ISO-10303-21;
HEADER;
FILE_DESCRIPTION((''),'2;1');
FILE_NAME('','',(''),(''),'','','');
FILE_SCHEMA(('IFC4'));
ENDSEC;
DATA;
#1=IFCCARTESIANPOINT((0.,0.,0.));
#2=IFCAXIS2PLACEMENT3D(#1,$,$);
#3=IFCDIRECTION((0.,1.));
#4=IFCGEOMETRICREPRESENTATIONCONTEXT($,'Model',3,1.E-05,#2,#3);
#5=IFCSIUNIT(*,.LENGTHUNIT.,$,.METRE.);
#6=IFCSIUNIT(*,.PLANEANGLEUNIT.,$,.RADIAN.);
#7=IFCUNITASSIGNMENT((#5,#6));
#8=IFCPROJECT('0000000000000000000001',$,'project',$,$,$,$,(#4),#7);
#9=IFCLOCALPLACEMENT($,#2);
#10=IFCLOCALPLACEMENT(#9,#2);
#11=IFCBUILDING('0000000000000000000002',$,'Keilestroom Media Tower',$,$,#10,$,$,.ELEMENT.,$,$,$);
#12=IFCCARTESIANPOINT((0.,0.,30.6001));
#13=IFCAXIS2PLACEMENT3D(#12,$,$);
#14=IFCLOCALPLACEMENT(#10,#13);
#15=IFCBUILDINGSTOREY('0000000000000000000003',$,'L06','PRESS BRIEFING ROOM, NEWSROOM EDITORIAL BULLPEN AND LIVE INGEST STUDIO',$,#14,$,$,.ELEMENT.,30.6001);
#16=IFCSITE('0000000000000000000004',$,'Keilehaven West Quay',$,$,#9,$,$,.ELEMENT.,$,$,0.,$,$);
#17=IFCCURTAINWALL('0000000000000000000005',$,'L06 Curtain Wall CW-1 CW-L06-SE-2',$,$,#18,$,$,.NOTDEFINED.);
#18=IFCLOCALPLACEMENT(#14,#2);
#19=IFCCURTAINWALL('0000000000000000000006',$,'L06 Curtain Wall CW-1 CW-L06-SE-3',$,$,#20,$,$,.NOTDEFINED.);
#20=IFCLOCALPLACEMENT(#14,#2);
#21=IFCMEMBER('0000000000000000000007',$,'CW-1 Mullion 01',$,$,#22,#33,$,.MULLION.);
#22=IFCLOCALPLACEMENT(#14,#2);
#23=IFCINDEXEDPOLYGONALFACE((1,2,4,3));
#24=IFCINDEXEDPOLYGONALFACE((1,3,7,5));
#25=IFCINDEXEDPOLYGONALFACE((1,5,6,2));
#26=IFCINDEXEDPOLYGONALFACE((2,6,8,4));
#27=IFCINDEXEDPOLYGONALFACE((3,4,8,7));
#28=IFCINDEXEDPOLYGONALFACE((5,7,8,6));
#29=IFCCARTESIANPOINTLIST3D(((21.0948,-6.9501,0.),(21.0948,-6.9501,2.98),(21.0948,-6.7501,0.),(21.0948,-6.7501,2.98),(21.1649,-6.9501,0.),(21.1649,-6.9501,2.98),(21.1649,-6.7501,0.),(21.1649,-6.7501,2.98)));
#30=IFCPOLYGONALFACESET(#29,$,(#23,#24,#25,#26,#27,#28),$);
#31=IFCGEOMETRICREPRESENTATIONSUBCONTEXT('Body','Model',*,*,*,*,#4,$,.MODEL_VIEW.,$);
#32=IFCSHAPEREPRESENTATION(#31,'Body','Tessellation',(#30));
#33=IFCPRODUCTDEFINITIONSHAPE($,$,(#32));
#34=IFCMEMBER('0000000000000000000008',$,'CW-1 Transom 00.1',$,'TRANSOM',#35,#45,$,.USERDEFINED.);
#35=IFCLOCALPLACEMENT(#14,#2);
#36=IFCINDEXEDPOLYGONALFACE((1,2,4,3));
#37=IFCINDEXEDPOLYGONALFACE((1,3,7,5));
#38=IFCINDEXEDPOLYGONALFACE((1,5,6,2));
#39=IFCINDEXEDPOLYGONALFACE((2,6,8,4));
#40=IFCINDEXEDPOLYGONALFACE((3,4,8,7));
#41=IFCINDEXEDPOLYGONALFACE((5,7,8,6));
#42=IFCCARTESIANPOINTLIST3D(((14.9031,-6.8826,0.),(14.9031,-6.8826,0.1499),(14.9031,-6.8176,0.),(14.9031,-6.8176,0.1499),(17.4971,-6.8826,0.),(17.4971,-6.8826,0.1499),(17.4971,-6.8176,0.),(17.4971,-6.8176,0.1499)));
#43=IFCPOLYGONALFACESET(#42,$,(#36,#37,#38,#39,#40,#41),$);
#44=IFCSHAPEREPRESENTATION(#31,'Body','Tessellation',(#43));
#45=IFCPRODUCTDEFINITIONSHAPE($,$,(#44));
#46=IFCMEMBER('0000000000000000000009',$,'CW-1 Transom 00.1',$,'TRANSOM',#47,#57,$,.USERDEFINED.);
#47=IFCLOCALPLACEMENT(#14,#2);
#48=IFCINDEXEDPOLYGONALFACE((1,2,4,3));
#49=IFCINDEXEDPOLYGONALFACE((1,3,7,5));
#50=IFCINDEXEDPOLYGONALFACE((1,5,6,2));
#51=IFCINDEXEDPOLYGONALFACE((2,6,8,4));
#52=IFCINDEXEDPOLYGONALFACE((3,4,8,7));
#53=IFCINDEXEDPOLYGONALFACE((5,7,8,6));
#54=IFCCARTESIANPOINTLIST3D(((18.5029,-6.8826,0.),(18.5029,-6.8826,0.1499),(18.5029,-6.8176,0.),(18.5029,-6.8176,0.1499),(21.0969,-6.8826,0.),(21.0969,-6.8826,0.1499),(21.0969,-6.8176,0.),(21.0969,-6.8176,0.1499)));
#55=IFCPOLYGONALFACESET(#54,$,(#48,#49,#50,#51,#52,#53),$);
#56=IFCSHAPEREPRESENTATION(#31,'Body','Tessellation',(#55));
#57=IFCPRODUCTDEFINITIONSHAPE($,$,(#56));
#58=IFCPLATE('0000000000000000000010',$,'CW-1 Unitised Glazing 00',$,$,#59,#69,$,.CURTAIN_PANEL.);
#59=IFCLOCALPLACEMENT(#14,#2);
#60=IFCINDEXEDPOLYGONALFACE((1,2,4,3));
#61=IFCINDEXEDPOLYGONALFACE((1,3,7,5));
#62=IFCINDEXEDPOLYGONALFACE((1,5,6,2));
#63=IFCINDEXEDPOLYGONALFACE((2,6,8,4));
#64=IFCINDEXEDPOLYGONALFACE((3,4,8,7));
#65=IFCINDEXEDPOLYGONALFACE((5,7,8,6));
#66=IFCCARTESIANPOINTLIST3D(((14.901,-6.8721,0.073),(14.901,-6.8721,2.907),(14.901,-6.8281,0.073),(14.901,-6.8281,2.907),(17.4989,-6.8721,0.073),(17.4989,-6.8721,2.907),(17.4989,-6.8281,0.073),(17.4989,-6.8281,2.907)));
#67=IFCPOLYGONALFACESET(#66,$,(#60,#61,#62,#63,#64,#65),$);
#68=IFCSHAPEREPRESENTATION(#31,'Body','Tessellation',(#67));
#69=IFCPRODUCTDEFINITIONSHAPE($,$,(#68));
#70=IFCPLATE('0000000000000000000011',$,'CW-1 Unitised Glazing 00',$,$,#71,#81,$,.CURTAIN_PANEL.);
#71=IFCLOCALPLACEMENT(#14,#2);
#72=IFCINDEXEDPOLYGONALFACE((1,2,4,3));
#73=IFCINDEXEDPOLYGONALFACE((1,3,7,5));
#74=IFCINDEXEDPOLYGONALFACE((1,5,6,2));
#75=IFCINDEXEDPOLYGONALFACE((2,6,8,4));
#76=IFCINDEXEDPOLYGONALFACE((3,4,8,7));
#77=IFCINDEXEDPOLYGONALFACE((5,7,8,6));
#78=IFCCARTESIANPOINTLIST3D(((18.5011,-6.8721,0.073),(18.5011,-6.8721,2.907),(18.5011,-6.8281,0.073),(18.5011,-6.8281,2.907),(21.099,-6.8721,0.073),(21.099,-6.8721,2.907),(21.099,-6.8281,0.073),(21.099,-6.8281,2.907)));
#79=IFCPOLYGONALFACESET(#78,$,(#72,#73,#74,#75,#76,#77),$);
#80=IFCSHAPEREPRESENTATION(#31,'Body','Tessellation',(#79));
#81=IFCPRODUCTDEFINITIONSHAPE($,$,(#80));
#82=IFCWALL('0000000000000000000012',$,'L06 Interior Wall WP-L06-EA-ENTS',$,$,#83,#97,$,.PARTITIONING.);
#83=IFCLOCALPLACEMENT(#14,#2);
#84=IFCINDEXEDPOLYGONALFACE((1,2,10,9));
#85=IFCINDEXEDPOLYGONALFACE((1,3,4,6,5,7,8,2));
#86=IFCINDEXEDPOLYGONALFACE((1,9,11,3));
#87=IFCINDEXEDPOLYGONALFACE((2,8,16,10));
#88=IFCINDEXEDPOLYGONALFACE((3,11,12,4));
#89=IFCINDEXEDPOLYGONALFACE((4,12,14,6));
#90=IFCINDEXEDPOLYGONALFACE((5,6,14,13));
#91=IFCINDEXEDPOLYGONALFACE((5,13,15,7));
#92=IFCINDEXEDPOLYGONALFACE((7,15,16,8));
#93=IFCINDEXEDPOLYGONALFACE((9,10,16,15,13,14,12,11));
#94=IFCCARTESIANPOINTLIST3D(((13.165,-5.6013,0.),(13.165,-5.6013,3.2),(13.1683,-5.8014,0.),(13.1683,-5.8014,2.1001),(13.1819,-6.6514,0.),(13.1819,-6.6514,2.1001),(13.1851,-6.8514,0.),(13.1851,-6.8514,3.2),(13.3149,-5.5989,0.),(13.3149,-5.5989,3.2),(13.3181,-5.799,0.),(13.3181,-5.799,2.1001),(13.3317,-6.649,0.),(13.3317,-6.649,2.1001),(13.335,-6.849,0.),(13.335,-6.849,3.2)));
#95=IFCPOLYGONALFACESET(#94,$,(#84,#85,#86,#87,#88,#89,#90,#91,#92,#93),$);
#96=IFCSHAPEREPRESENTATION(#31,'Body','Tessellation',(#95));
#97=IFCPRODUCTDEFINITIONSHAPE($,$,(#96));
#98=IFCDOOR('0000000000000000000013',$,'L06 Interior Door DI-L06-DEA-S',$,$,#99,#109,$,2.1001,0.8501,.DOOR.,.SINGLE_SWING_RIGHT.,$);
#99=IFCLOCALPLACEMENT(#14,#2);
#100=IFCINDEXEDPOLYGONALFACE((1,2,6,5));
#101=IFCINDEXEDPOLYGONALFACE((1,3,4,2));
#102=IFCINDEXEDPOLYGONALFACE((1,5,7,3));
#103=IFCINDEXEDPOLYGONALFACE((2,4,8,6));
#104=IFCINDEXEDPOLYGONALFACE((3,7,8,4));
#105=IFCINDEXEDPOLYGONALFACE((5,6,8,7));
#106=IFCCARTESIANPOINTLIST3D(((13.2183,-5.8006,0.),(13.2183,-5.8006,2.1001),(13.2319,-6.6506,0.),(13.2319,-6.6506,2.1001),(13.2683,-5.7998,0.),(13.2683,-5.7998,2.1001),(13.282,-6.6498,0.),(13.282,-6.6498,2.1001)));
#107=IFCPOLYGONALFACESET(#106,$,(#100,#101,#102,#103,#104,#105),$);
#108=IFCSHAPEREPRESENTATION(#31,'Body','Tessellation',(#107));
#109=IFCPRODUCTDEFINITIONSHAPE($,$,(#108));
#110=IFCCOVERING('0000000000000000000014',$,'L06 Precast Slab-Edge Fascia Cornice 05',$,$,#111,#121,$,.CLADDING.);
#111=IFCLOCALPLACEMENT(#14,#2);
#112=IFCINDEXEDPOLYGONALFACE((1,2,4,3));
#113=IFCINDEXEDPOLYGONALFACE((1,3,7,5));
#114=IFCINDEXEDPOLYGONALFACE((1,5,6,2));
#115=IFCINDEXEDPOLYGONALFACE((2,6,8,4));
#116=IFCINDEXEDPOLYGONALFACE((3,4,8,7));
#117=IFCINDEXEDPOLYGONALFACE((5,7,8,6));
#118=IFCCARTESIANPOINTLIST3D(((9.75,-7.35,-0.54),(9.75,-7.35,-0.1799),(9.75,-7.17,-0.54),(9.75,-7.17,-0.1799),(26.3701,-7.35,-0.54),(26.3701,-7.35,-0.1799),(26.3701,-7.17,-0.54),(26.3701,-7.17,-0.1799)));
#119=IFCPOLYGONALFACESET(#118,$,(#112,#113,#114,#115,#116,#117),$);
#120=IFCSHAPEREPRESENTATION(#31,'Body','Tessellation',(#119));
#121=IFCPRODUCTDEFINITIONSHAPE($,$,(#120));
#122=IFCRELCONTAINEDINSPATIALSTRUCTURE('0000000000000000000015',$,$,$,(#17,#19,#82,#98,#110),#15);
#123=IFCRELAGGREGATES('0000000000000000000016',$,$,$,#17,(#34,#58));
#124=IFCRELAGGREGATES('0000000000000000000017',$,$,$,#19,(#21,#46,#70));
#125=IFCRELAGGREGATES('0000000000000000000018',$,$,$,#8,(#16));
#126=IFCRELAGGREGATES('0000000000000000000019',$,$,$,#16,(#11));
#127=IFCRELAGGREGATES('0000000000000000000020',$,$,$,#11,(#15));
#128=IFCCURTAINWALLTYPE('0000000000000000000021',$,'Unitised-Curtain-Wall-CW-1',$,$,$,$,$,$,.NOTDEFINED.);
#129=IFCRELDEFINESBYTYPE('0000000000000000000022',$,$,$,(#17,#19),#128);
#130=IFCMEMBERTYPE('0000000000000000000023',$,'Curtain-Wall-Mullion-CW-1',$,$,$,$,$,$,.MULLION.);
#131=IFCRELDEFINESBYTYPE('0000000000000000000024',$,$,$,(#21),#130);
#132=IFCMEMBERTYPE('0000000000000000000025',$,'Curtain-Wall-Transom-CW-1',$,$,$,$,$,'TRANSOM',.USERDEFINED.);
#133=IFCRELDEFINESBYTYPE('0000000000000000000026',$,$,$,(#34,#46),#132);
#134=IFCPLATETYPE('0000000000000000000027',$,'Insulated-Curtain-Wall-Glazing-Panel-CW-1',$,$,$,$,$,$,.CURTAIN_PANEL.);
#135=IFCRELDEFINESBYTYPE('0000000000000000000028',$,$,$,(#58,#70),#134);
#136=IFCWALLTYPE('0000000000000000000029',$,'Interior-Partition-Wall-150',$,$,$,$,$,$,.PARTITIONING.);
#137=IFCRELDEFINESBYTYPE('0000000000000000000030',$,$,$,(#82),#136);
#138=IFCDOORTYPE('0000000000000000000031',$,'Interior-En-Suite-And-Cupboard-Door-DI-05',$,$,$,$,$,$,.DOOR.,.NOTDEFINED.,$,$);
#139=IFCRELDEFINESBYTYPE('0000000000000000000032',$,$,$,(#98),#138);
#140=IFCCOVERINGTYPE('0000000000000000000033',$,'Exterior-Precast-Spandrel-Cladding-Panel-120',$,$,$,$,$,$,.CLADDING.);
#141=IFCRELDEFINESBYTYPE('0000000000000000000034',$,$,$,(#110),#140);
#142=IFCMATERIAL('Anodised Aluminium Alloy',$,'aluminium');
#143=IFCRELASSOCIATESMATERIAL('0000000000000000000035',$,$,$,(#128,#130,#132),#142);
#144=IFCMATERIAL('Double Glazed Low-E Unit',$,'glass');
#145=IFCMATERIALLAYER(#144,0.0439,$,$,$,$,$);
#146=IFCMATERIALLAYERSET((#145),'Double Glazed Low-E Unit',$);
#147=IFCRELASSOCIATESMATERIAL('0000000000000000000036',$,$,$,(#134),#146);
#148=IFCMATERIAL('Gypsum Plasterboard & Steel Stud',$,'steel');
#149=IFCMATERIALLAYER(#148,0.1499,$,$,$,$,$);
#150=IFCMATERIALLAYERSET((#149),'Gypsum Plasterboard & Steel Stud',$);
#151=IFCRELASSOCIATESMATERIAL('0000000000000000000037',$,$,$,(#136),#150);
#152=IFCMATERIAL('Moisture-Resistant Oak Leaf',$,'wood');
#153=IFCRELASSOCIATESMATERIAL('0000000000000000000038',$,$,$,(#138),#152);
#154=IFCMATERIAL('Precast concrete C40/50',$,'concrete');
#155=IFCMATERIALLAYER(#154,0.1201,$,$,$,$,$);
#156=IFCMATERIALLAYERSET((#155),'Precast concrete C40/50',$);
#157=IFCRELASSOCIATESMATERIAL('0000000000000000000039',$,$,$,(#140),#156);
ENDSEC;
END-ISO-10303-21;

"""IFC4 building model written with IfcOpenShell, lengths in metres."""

from ifc_helpers import new_model, si_unit, direction, frame, frame_2d, origin, origin_2d, place, context, subcontext, project, spatial, rectangle, extrude, source, transform, mapped, material, layer, layer_set, material_profile, profile_set, type_object, element, fill, aggregate, save


model = new_model("IFC4")

# Units and contexts
model_context = context("Model", 3, precision=1e-05, world=origin(), true_north=direction((0.0, 1.0)))
body_context = subcontext(model_context, "Body", "Model", "MODEL_VIEW")
ifc_project = project(units=[si_unit("LENGTHUNIT", "METRE"), si_unit("PLANEANGLEUNIT", "RADIAN")], contexts=[model_context])

# Site, building, storey
site_placement = place(None, origin())
site = spatial("IfcSite", under=ifc_project, at=site_placement, Name="Keilehaven West Quay", CompositionType="ELEMENT", RefElevation=0.0)
building_placement = place(site_placement, origin())
building = spatial("IfcBuilding", under=site, at=building_placement, Name="Keilestroom Media Tower", CompositionType="ELEMENT")
storey_placement = place(building_placement, frame((0.0, 0.0, 30.6001)))
storey = spatial("IfcBuildingStorey", under=building, at=storey_placement, Name="L06", Description="PRESS BRIEFING ROOM, NEWSROOM EDITORIAL BULLPEN AND LIVE INGEST STUDIO", CompositionType="ELEMENT", Elevation=30.6001)

# Shared definitions
ifc_material_1 = material(Name="Precast concrete C40/50", Category="concrete")

# Shared definitions
ifc_material_2 = material(Name="Anodised Aluminium Alloy", Category="aluminium")
curtain_wall_type = type_object("IfcCurtainWallType", Name="Unitised-Curtain-Wall-CW-1", PredefinedType="NOTDEFINED", material=ifc_material_2)
ifc_material_profile_1 = material_profile(ifc_material_2, rectangle(XDim=0.0701, YDim=0.2, at=origin_2d()), Name="ALU MULLION 70x200")
ifc_profile_set_1 = profile_set([ifc_material_profile_1], Name="Anodised Aluminium Alloy")
member_type_1 = type_object("IfcMemberType", Name="Curtain-Wall-Mullion-CW-1", PredefinedType="MULLION", material=ifc_profile_set_1)
shared_shape_1 = source(origin(), body_context, "Body", "SweptSolid", [
    extrude(rectangle(XDim=0.0701, YDim=0.2, at=origin_2d()), origin(), (0.0, 0.0, 1.0), 2.98),
])

# Curtain walls, member
curtain_wall_1_placement = place(storey_placement, origin())
curtain_wall_1 = element("IfcCurtainWall", 1, at=curtain_wall_1_placement, inside=storey, type_object=curtain_wall_type, Name="L06 Curtain Wall CW-1 CW-L06-SE-2", PredefinedType="NOTDEFINED")
curtain_wall_2_placement = place(storey_placement, origin())
curtain_wall_2 = element("IfcCurtainWall", 2, at=curtain_wall_2_placement, inside=storey, type_object=curtain_wall_type, Name="L06 Curtain Wall CW-1 CW-L06-SE-3", PredefinedType="NOTDEFINED")
member_1_placement = place(storey_placement, frame((21.1299, -6.8501, 0.0), z_axis=(0.0, 0.0, 1.0), x_axis=(1.0, 0.0, 0.0)))
member_1 = element("IfcMember", 3, at=member_1_placement, type_object=member_type_1, Name="CW-1 Mullion 01", PredefinedType="MULLION", context=body_context, shape_type="MappedRepresentation", body=[
    mapped(shared_shape_1, transform((0.0, 0.0, 0.0), x_axis=(1.0, 0.0, 0.0), y_axis=(0.0, 1.0, 0.0), z_axis=(0.0, 0.0, 1.0), scale=1.0)),
])

# Members
ifc_material_profile_2 = material_profile(ifc_material_2, rectangle(XDim=0.0649, YDim=0.1499, at=origin_2d()), Name="ALU TRANSOM 65x150")
ifc_profile_set_2 = profile_set([ifc_material_profile_2], Name="Anodised Aluminium Alloy")
member_type_2 = type_object("IfcMemberType", Name="Curtain-Wall-Transom-CW-1", ElementType="TRANSOM", PredefinedType="USERDEFINED", material=ifc_profile_set_2)
shared_shape_2 = source(origin(), body_context, "Body", "SweptSolid", [
    extrude(rectangle(XDim=0.0649, YDim=0.1499, at=origin_2d()), origin(), (0.0, 0.0, 1.0), 2.594),
])
member_2_placement = place(storey_placement, frame((14.9031, -6.8501, 0.075), z_axis=(1.0, 0.0, 0.0), x_axis=(0.0, 1.0, 0.0)))
member_2 = element("IfcMember", 4, at=member_2_placement, type_object=member_type_2, Name="CW-1 Transom 00.1", ObjectType="TRANSOM", PredefinedType="USERDEFINED", context=body_context, shape_type="MappedRepresentation", body=[
    mapped(shared_shape_2, transform((0.0, 0.0, 0.0), x_axis=(1.0, 0.0, 0.0), y_axis=(0.0, 1.0, 0.0), z_axis=(0.0, 0.0, 1.0), scale=1.0)),
])
member_3_placement = place(storey_placement, frame((18.5029, -6.8501, 0.075), z_axis=(1.0, 0.0, 0.0), x_axis=(0.0, 1.0, 0.0)))
member_3 = element("IfcMember", 5, at=member_3_placement, type_object=member_type_2, Name="CW-1 Transom 00.1", ObjectType="TRANSOM", PredefinedType="USERDEFINED", context=body_context, shape_type="MappedRepresentation", body=[
    mapped(shared_shape_2, transform((0.0, 0.0, 0.0), x_axis=(1.0, 0.0, 0.0), y_axis=(0.0, 1.0, 0.0), z_axis=(0.0, 0.0, 1.0), scale=1.0)),
])

# Plates
ifc_material_3 = material(Name="Double Glazed Low-E Unit", Category="glass")
ifc_layer_1 = layer(ifc_material_3, 0.0439)
ifc_layer_set_1 = layer_set([ifc_layer_1], Name="Double Glazed Low-E Unit")
plate_type = type_object("IfcPlateType", Name="Insulated-Curtain-Wall-Glazing-Panel-CW-1", PredefinedType="CURTAIN_PANEL", material=ifc_layer_set_1)
shared_shape_3 = source(origin(), body_context, "Body", "SweptSolid", [
    extrude(rectangle(XDim=2.5979, YDim=0.0439, at=origin_2d()), origin(), (0.0, 0.0, 1.0), 2.834),
])
plate_1_placement = place(storey_placement, frame((16.2, -6.8501, 0.073), z_axis=(0.0, 0.0, 1.0), x_axis=(1.0, 0.0, 0.0)))
plate_1 = element("IfcPlate", 6, at=plate_1_placement, type_object=plate_type, Name="CW-1 Unitised Glazing 00", PredefinedType="CURTAIN_PANEL", context=body_context, shape_type="MappedRepresentation", body=[
    mapped(shared_shape_3, transform((0.0, 0.0, 0.0), x_axis=(1.0, 0.0, 0.0), y_axis=(0.0, 1.0, 0.0), z_axis=(0.0, 0.0, 1.0), scale=1.0)),
])
aggregate(curtain_wall_1, [member_2, plate_1])
plate_2_placement = place(storey_placement, frame((19.8, -6.8501, 0.073), z_axis=(0.0, 0.0, 1.0), x_axis=(1.0, 0.0, 0.0)))
plate_2 = element("IfcPlate", 7, at=plate_2_placement, type_object=plate_type, Name="CW-1 Unitised Glazing 00", PredefinedType="CURTAIN_PANEL", context=body_context, shape_type="MappedRepresentation", body=[
    mapped(shared_shape_3, transform((0.0, 0.0, 0.0), x_axis=(1.0, 0.0, 0.0), y_axis=(0.0, 1.0, 0.0), z_axis=(0.0, 0.0, 1.0), scale=1.0)),
])
aggregate(curtain_wall_2, [member_1, member_3, plate_2])

# Wall, opening, door
ifc_material_4 = material(Name="Gypsum Plasterboard & Steel Stud", Category="steel")
ifc_layer_2 = layer(ifc_material_4, 0.1499)
ifc_layer_set_2 = layer_set([ifc_layer_2], Name="Gypsum Plasterboard & Steel Stud")
wall_type = type_object("IfcWallType", Name="Interior-Partition-Wall-150", PredefinedType="PARTITIONING", material=ifc_layer_set_2)
wall_placement = place(storey_placement, frame((13.26, -6.8501, 0.0), z_axis=(0.0, 0.0, 1.0), x_axis=(-0.016014, 0.999872, 0.0)))
wall = element("IfcWall", 8, at=wall_placement, inside=storey, type_object=wall_type, Name="L06 Interior Wall WP-L06-EA-ENTS", PredefinedType="PARTITIONING", context=body_context, shape_type="SweptSolid", body=[
    extrude(rectangle(XDim=1.2502, YDim=0.1499, at=frame_2d((0.625, 0.0))), origin(), (0.0, 0.0, 1.0), 3.2),
])
opening_placement = place(wall_placement, frame((0.2, 0.0, 0.0)))
opening = element("IfcOpeningElement", 9, at=opening_placement, cuts=wall, PredefinedType="OPENING", context=body_context, shape_type="SweptSolid", body=[
    extrude(rectangle(XDim=0.8501, YDim=2.1001, at=frame_2d((0.425, 1.05))), frame((0.0, 0.085, 0.0), z_axis=(0.0, -1.0, 0.0), x_axis=(1.0, 0.0, 0.0)), (0.0, 0.0, 1.0), 0.1699),
])
ifc_material_5 = material(Name="Moisture-Resistant Oak Leaf", Category="wood")
door_type = type_object("IfcDoorType", Name="Interior-En-Suite-And-Cupboard-Door-DI-05", OperationType="NOTDEFINED", PredefinedType="DOOR", material=ifc_material_5)
shared_shape_4 = source(origin(), body_context, "Body", "SweptSolid", [
    extrude(rectangle(XDim=0.8501, YDim=2.1001, at=frame_2d((0.425, 1.05))), frame((0.0, 0.0249, 0.0), z_axis=(0.0, -1.0, 0.0), x_axis=(1.0, 0.0, 0.0)), (0.0, 0.0, 1.0), 0.05),
])
door_placement = place(opening_placement, origin())
door = element("IfcDoor", 10, at=door_placement, inside=storey, type_object=door_type, Name="L06 Interior Door DI-L06-DEA-S", OperationType="SINGLE_SWING_RIGHT", OverallHeight=2.1001, OverallWidth=0.8501, PredefinedType="DOOR", context=body_context, shape_type="MappedRepresentation", body=[
    mapped(shared_shape_4, transform((0.0, 0.0, 0.0), x_axis=(1.0, 0.0, 0.0), y_axis=(0.0, 1.0, 0.0), z_axis=(0.0, 0.0, 1.0), scale=1.0)),
])
fill(opening, door)

# Covering
ifc_layer_3 = layer(ifc_material_1, 0.1201)
ifc_layer_set_3 = layer_set([ifc_layer_3], Name="Precast concrete C40/50")
covering_type = type_object("IfcCoveringType", Name="Exterior-Precast-Spandrel-Cladding-Panel-120", PredefinedType="CLADDING", material=ifc_layer_set_3)
shared_shape_5 = source(origin(), body_context, "Body", "SweptSolid", [
    extrude(rectangle(XDim=16.6201, YDim=0.1799, at=origin_2d()), origin(), (0.0, 0.0, 1.0), 0.3601),
])
covering_placement = place(storey_placement, frame((18.0601, -7.26, -0.54), z_axis=(0.0, 0.0, 1.0), x_axis=(-1.0, 0.0, 0.0)))
element("IfcCovering", 11, at=covering_placement, inside=storey, type_object=covering_type, Name="L06 Precast Slab-Edge Fascia Cornice 05", PredefinedType="CLADDING", context=body_context, shape_type="MappedRepresentation", body=[
    mapped(shared_shape_5, transform((0.0, 0.0, 0.0), x_axis=(1.0, 0.0, 0.0), y_axis=(0.0, 1.0, 0.0), z_axis=(0.0, 0.0, 1.0), scale=1.0)),
])

save(model, "model.ifc")
